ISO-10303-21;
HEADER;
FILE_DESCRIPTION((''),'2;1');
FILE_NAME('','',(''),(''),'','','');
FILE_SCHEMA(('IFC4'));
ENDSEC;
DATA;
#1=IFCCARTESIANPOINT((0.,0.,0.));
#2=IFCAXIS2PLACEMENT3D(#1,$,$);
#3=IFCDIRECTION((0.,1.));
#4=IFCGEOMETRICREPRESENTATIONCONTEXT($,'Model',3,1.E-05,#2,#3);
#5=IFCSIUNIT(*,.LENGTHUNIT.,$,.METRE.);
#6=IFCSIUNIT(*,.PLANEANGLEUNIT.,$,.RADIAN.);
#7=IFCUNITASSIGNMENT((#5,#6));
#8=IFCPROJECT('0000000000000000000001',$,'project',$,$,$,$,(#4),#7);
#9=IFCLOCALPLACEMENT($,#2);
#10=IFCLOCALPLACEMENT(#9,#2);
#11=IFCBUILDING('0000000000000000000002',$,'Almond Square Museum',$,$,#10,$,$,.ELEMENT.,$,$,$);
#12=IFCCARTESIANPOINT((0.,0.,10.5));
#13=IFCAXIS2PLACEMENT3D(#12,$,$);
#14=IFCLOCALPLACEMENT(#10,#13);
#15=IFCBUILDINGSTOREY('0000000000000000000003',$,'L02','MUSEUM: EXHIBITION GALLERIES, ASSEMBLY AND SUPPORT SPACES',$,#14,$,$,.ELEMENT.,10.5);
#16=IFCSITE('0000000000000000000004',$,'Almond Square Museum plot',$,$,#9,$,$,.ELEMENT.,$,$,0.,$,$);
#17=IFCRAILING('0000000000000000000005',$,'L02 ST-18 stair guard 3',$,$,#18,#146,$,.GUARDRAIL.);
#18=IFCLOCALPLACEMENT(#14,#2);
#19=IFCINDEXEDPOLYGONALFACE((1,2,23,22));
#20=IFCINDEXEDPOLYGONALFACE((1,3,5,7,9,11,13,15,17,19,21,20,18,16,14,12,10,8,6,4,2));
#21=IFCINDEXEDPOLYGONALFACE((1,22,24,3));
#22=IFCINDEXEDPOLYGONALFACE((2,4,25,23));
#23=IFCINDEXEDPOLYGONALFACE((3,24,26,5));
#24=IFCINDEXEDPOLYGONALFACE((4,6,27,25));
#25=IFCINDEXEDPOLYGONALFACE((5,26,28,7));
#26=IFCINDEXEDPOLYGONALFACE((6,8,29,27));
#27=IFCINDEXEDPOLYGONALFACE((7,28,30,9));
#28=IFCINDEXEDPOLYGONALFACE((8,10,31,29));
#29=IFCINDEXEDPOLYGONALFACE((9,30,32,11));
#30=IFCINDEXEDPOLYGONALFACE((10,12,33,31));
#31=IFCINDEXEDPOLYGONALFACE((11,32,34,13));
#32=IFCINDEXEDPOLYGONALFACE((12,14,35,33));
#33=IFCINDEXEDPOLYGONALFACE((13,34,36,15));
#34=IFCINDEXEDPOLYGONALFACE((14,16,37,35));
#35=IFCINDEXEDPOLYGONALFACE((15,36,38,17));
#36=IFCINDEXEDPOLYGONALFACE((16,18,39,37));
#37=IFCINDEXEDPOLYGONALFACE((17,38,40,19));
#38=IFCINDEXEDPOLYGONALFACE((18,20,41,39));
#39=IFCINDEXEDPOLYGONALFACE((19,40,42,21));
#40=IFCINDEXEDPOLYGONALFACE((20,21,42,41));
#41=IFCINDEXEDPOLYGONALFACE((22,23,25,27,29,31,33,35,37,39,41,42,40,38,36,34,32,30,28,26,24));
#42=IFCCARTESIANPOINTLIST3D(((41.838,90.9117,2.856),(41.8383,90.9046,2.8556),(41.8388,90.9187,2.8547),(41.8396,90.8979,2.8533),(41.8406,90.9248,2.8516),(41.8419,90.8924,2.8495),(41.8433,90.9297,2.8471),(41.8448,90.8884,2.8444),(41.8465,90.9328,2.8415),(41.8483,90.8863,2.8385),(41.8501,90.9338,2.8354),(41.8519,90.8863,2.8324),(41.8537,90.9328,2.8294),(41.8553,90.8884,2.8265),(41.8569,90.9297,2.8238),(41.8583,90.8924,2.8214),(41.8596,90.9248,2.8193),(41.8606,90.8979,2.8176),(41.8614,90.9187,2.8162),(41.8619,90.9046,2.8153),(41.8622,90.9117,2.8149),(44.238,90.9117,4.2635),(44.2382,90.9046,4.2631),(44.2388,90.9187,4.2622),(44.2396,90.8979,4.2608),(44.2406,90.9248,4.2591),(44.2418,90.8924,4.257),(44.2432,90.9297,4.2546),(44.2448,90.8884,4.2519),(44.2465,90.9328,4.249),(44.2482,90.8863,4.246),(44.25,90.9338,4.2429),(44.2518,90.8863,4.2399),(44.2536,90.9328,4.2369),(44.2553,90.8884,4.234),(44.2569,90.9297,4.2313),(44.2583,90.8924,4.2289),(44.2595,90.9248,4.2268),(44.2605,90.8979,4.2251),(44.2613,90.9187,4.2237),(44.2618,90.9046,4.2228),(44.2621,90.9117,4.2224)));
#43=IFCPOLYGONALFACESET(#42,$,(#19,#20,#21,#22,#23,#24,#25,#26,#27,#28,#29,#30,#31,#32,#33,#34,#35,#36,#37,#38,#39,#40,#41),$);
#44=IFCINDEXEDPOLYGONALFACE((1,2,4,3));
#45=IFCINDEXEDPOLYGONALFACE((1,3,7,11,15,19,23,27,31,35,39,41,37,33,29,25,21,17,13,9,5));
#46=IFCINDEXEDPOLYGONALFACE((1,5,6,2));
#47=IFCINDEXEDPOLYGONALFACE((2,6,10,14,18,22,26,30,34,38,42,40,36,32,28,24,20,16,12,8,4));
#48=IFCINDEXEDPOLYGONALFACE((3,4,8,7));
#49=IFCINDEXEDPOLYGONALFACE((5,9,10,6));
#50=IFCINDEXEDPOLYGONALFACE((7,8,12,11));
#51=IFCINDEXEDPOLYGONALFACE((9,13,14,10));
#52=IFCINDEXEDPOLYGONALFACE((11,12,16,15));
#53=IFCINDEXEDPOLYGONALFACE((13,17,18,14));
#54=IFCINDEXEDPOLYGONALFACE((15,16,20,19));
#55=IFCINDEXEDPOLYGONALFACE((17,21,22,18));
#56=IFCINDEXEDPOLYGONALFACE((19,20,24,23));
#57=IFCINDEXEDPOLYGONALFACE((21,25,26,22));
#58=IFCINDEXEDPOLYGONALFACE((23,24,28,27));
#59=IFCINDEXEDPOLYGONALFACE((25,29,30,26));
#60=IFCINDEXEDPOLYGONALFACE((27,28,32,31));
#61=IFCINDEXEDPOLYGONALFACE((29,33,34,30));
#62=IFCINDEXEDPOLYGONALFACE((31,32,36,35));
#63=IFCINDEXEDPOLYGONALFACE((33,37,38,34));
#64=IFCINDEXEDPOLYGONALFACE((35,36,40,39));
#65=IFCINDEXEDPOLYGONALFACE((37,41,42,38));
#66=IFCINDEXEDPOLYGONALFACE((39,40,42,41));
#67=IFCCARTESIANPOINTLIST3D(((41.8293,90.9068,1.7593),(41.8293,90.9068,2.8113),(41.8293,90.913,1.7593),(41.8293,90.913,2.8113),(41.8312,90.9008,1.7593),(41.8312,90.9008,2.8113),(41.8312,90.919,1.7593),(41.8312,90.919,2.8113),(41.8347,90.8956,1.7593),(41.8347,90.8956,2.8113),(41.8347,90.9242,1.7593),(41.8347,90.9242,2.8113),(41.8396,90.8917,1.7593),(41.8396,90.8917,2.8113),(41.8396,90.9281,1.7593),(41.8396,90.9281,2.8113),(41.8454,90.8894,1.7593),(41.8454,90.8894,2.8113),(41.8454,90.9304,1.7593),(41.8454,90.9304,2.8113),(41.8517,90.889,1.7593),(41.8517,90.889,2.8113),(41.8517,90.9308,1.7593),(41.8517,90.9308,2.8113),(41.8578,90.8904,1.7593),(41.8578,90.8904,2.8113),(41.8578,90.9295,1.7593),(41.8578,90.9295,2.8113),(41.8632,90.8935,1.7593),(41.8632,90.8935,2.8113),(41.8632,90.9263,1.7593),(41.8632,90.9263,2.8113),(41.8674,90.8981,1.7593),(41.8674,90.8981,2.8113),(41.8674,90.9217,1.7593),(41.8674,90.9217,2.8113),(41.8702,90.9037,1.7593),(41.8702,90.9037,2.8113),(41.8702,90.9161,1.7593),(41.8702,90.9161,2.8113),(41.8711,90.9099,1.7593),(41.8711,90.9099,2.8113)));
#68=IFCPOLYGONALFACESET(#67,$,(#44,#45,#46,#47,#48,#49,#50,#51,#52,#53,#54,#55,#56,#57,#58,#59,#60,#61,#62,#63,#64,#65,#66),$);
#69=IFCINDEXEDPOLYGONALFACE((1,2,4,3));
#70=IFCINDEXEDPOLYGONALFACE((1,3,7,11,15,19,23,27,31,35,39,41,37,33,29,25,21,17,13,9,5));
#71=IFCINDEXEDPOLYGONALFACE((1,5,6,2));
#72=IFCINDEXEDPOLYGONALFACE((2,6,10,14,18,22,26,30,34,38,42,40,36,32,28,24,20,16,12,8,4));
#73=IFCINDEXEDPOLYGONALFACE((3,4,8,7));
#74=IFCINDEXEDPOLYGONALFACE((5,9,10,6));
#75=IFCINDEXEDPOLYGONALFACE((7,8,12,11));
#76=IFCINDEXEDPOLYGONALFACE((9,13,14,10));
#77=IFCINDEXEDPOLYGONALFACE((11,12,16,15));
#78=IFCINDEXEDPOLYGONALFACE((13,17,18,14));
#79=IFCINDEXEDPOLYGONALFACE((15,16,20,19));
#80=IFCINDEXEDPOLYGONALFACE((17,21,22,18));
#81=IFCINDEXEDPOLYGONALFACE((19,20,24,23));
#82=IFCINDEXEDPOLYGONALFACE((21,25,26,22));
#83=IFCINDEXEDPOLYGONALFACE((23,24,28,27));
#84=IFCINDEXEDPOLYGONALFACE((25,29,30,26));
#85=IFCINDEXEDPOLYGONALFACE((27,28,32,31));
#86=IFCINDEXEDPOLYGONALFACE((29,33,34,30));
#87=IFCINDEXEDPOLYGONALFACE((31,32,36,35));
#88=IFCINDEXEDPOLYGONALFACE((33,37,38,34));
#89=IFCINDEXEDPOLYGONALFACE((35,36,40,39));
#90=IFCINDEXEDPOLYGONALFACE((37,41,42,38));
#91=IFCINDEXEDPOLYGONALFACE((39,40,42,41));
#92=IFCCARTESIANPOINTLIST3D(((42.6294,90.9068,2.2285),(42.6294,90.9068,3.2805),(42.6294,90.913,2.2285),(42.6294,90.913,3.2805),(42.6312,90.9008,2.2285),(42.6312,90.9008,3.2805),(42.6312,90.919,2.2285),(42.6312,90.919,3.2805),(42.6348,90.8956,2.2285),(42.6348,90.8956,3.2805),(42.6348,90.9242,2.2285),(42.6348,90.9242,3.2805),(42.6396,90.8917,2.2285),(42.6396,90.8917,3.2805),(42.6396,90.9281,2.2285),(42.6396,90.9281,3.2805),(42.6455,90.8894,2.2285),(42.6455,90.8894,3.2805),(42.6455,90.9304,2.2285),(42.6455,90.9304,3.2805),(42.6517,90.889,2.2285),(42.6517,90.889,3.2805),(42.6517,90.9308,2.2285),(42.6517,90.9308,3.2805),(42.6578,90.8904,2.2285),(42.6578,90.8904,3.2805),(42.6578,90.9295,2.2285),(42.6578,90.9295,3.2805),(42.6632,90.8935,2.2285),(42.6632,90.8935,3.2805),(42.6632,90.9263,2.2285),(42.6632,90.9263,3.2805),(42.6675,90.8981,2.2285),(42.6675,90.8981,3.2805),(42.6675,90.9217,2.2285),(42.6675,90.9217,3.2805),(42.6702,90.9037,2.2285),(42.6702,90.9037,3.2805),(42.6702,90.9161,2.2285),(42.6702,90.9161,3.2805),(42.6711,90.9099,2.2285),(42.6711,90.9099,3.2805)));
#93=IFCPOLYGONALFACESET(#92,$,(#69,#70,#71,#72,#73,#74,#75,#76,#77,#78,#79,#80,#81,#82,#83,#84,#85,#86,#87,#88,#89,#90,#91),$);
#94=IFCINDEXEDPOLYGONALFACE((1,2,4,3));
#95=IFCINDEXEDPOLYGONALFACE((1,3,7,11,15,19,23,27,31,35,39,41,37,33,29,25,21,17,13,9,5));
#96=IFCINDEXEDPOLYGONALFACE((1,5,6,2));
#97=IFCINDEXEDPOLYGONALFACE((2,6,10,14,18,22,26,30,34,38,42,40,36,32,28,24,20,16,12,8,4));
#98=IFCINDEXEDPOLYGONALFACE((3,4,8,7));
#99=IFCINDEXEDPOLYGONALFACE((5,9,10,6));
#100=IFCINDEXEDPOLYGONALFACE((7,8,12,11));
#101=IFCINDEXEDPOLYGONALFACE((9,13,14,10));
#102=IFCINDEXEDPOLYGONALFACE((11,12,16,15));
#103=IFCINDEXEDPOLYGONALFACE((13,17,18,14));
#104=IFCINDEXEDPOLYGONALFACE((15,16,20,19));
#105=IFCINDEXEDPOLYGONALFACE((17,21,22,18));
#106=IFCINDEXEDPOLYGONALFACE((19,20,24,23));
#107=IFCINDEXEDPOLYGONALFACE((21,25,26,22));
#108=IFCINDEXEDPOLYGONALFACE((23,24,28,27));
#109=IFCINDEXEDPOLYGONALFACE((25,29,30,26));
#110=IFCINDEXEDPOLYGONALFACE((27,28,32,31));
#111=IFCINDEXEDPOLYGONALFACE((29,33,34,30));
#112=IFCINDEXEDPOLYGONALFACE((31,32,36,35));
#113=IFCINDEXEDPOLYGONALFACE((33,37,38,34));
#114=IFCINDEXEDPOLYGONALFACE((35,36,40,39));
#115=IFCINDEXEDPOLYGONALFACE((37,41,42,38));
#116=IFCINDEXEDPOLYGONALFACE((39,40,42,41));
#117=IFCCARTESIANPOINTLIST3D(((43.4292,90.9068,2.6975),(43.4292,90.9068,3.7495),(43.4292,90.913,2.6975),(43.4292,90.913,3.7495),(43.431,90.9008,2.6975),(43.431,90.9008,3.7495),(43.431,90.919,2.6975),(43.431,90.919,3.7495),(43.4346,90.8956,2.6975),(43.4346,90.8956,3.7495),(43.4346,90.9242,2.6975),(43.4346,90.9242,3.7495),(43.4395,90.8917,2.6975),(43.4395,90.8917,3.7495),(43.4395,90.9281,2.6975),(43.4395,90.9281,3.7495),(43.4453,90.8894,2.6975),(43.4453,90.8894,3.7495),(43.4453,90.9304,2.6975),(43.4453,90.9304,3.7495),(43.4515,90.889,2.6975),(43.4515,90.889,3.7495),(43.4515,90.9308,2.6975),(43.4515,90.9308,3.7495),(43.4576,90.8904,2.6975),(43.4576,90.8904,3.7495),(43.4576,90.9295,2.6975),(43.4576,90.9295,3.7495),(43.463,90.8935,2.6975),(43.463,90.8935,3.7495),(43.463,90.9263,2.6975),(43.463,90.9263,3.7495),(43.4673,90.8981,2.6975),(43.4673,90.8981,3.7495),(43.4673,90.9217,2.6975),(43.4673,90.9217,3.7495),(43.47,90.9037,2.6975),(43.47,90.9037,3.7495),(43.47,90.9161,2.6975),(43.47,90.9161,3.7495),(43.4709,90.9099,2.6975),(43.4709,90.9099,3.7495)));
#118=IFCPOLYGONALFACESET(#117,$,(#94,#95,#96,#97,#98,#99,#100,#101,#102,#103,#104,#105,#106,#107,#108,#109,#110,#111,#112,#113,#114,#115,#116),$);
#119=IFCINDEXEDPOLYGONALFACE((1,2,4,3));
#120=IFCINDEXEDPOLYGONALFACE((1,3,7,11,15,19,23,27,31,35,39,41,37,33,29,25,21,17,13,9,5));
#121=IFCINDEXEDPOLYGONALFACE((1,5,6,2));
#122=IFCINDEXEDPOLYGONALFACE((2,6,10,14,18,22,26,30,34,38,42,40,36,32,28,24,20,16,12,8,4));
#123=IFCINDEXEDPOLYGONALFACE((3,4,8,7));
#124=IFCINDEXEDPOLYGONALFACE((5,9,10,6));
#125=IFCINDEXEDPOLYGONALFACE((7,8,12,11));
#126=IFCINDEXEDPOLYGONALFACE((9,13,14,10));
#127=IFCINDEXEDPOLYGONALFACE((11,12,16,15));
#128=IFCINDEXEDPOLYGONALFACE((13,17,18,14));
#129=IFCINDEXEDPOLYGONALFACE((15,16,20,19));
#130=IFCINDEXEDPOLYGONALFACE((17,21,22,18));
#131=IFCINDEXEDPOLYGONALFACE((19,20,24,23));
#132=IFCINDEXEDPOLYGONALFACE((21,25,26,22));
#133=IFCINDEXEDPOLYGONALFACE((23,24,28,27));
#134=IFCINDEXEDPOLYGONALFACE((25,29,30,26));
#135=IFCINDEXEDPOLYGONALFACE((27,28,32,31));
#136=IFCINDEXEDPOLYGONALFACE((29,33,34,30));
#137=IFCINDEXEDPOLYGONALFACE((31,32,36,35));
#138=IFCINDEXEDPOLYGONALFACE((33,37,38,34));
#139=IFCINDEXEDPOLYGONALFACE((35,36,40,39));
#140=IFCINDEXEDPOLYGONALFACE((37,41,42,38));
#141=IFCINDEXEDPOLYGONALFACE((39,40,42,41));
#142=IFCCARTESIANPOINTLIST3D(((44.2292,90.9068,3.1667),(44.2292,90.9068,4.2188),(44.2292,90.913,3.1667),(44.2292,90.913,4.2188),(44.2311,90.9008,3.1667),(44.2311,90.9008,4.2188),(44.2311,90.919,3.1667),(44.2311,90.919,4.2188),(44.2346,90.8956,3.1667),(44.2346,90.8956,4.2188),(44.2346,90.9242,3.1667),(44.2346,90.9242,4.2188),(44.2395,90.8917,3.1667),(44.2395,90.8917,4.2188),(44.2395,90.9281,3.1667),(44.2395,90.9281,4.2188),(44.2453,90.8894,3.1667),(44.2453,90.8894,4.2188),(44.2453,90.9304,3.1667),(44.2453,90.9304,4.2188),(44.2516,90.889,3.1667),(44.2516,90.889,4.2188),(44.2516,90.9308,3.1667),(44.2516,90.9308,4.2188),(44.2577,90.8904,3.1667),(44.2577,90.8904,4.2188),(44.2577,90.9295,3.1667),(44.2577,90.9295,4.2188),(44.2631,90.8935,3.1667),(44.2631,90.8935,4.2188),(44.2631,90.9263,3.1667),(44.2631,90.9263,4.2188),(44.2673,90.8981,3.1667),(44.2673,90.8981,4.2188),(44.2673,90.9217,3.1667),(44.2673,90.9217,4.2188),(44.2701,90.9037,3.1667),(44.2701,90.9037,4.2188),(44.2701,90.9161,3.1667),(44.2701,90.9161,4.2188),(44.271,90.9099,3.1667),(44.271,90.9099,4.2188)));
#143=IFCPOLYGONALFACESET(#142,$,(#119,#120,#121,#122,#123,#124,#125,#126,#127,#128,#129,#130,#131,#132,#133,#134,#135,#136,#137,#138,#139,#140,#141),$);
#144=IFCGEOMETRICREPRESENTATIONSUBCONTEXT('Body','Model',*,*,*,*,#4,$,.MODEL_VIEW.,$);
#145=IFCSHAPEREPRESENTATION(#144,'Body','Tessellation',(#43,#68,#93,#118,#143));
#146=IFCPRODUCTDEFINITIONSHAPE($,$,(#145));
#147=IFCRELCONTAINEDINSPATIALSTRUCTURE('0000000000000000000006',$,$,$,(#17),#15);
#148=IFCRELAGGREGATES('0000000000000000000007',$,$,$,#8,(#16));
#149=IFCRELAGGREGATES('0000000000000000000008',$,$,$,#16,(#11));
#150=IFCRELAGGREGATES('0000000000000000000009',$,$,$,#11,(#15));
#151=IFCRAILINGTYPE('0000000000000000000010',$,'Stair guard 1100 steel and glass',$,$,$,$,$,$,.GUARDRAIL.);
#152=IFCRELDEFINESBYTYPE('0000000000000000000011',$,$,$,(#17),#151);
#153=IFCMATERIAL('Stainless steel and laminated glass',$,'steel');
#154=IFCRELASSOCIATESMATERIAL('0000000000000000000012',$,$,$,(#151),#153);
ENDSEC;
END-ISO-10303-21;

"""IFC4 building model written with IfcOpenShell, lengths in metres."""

from ifc_helpers import new_model, si_unit, direction, frame, origin, origin_2d, place, context, subcontext, project, spatial, circle, extrude, material, type_object, element, save


model = new_model("IFC4")

# Units and contexts
model_context = context("Model", 3, precision=1e-05, world=origin(), true_north=direction((0.0, 1.0)))
body_context = subcontext(model_context, "Body", "Model", "MODEL_VIEW")
ifc_project = project(units=[si_unit("LENGTHUNIT", "METRE"), si_unit("PLANEANGLEUNIT", "RADIAN")], contexts=[model_context])

# Site, building, storey
site_placement = place(None, origin())
site = spatial("IfcSite", under=ifc_project, at=site_placement, Name="Almond Square Museum plot", CompositionType="ELEMENT", RefElevation=0.0)
building_placement = place(site_placement, origin())
building = spatial("IfcBuilding", under=site, at=building_placement, Name="Almond Square Museum", CompositionType="ELEMENT")
storey_placement = place(building_placement, frame((0.0, 0.0, 10.5)))
storey = spatial("IfcBuildingStorey", under=building, at=storey_placement, Name="L02", Description="MUSEUM: EXHIBITION GALLERIES, ASSEMBLY AND SUPPORT SPACES", CompositionType="ELEMENT", Elevation=10.5)

# Railing
ifc_material_1 = material(Name="Stainless steel and laminated glass", Category="steel")
railing_type_1 = type_object("IfcRailingType", Name="Stair guard 1100 steel and glass", PredefinedType="GUARDRAIL", material=ifc_material_1)
railing_1_placement = place(storey_placement, frame((41.8501, 90.9099, 1.7593)))
element("IfcRailing", 1, at=railing_1_placement, inside=storey, type_object=railing_type_1, Name="L02 ST-18 stair guard 3", PredefinedType="GUARDRAIL", context=body_context, shape_type="SweptSolid", body=[
    extrude(circle(Radius=0.0239, at=origin_2d()), frame((0.0, 0.0, 1.0762), z_axis=(0.862599, 0.0, 0.505888), x_axis=(0.0, 1.0, 0.0)), (0.0, 0.0, 1.0), 2.7822),
    extrude(circle(Radius=0.021, at=origin_2d()), origin(), (0.0, 0.0, 1.0), 1.052),
    extrude(circle(Radius=0.021, at=origin_2d()), frame((0.8, 0.0, 0.4692)), (0.0, 0.0, 1.0), 1.052),
    extrude(circle(Radius=0.021, at=origin_2d()), frame((1.5999, 0.0, 0.9382)), (0.0, 0.0, 1.0), 1.052),
    extrude(circle(Radius=0.021, at=origin_2d()), frame((2.3999, 0.0, 1.4075)), (0.0, 0.0, 1.0), 1.052),
])

save(model, "model.ifc")
